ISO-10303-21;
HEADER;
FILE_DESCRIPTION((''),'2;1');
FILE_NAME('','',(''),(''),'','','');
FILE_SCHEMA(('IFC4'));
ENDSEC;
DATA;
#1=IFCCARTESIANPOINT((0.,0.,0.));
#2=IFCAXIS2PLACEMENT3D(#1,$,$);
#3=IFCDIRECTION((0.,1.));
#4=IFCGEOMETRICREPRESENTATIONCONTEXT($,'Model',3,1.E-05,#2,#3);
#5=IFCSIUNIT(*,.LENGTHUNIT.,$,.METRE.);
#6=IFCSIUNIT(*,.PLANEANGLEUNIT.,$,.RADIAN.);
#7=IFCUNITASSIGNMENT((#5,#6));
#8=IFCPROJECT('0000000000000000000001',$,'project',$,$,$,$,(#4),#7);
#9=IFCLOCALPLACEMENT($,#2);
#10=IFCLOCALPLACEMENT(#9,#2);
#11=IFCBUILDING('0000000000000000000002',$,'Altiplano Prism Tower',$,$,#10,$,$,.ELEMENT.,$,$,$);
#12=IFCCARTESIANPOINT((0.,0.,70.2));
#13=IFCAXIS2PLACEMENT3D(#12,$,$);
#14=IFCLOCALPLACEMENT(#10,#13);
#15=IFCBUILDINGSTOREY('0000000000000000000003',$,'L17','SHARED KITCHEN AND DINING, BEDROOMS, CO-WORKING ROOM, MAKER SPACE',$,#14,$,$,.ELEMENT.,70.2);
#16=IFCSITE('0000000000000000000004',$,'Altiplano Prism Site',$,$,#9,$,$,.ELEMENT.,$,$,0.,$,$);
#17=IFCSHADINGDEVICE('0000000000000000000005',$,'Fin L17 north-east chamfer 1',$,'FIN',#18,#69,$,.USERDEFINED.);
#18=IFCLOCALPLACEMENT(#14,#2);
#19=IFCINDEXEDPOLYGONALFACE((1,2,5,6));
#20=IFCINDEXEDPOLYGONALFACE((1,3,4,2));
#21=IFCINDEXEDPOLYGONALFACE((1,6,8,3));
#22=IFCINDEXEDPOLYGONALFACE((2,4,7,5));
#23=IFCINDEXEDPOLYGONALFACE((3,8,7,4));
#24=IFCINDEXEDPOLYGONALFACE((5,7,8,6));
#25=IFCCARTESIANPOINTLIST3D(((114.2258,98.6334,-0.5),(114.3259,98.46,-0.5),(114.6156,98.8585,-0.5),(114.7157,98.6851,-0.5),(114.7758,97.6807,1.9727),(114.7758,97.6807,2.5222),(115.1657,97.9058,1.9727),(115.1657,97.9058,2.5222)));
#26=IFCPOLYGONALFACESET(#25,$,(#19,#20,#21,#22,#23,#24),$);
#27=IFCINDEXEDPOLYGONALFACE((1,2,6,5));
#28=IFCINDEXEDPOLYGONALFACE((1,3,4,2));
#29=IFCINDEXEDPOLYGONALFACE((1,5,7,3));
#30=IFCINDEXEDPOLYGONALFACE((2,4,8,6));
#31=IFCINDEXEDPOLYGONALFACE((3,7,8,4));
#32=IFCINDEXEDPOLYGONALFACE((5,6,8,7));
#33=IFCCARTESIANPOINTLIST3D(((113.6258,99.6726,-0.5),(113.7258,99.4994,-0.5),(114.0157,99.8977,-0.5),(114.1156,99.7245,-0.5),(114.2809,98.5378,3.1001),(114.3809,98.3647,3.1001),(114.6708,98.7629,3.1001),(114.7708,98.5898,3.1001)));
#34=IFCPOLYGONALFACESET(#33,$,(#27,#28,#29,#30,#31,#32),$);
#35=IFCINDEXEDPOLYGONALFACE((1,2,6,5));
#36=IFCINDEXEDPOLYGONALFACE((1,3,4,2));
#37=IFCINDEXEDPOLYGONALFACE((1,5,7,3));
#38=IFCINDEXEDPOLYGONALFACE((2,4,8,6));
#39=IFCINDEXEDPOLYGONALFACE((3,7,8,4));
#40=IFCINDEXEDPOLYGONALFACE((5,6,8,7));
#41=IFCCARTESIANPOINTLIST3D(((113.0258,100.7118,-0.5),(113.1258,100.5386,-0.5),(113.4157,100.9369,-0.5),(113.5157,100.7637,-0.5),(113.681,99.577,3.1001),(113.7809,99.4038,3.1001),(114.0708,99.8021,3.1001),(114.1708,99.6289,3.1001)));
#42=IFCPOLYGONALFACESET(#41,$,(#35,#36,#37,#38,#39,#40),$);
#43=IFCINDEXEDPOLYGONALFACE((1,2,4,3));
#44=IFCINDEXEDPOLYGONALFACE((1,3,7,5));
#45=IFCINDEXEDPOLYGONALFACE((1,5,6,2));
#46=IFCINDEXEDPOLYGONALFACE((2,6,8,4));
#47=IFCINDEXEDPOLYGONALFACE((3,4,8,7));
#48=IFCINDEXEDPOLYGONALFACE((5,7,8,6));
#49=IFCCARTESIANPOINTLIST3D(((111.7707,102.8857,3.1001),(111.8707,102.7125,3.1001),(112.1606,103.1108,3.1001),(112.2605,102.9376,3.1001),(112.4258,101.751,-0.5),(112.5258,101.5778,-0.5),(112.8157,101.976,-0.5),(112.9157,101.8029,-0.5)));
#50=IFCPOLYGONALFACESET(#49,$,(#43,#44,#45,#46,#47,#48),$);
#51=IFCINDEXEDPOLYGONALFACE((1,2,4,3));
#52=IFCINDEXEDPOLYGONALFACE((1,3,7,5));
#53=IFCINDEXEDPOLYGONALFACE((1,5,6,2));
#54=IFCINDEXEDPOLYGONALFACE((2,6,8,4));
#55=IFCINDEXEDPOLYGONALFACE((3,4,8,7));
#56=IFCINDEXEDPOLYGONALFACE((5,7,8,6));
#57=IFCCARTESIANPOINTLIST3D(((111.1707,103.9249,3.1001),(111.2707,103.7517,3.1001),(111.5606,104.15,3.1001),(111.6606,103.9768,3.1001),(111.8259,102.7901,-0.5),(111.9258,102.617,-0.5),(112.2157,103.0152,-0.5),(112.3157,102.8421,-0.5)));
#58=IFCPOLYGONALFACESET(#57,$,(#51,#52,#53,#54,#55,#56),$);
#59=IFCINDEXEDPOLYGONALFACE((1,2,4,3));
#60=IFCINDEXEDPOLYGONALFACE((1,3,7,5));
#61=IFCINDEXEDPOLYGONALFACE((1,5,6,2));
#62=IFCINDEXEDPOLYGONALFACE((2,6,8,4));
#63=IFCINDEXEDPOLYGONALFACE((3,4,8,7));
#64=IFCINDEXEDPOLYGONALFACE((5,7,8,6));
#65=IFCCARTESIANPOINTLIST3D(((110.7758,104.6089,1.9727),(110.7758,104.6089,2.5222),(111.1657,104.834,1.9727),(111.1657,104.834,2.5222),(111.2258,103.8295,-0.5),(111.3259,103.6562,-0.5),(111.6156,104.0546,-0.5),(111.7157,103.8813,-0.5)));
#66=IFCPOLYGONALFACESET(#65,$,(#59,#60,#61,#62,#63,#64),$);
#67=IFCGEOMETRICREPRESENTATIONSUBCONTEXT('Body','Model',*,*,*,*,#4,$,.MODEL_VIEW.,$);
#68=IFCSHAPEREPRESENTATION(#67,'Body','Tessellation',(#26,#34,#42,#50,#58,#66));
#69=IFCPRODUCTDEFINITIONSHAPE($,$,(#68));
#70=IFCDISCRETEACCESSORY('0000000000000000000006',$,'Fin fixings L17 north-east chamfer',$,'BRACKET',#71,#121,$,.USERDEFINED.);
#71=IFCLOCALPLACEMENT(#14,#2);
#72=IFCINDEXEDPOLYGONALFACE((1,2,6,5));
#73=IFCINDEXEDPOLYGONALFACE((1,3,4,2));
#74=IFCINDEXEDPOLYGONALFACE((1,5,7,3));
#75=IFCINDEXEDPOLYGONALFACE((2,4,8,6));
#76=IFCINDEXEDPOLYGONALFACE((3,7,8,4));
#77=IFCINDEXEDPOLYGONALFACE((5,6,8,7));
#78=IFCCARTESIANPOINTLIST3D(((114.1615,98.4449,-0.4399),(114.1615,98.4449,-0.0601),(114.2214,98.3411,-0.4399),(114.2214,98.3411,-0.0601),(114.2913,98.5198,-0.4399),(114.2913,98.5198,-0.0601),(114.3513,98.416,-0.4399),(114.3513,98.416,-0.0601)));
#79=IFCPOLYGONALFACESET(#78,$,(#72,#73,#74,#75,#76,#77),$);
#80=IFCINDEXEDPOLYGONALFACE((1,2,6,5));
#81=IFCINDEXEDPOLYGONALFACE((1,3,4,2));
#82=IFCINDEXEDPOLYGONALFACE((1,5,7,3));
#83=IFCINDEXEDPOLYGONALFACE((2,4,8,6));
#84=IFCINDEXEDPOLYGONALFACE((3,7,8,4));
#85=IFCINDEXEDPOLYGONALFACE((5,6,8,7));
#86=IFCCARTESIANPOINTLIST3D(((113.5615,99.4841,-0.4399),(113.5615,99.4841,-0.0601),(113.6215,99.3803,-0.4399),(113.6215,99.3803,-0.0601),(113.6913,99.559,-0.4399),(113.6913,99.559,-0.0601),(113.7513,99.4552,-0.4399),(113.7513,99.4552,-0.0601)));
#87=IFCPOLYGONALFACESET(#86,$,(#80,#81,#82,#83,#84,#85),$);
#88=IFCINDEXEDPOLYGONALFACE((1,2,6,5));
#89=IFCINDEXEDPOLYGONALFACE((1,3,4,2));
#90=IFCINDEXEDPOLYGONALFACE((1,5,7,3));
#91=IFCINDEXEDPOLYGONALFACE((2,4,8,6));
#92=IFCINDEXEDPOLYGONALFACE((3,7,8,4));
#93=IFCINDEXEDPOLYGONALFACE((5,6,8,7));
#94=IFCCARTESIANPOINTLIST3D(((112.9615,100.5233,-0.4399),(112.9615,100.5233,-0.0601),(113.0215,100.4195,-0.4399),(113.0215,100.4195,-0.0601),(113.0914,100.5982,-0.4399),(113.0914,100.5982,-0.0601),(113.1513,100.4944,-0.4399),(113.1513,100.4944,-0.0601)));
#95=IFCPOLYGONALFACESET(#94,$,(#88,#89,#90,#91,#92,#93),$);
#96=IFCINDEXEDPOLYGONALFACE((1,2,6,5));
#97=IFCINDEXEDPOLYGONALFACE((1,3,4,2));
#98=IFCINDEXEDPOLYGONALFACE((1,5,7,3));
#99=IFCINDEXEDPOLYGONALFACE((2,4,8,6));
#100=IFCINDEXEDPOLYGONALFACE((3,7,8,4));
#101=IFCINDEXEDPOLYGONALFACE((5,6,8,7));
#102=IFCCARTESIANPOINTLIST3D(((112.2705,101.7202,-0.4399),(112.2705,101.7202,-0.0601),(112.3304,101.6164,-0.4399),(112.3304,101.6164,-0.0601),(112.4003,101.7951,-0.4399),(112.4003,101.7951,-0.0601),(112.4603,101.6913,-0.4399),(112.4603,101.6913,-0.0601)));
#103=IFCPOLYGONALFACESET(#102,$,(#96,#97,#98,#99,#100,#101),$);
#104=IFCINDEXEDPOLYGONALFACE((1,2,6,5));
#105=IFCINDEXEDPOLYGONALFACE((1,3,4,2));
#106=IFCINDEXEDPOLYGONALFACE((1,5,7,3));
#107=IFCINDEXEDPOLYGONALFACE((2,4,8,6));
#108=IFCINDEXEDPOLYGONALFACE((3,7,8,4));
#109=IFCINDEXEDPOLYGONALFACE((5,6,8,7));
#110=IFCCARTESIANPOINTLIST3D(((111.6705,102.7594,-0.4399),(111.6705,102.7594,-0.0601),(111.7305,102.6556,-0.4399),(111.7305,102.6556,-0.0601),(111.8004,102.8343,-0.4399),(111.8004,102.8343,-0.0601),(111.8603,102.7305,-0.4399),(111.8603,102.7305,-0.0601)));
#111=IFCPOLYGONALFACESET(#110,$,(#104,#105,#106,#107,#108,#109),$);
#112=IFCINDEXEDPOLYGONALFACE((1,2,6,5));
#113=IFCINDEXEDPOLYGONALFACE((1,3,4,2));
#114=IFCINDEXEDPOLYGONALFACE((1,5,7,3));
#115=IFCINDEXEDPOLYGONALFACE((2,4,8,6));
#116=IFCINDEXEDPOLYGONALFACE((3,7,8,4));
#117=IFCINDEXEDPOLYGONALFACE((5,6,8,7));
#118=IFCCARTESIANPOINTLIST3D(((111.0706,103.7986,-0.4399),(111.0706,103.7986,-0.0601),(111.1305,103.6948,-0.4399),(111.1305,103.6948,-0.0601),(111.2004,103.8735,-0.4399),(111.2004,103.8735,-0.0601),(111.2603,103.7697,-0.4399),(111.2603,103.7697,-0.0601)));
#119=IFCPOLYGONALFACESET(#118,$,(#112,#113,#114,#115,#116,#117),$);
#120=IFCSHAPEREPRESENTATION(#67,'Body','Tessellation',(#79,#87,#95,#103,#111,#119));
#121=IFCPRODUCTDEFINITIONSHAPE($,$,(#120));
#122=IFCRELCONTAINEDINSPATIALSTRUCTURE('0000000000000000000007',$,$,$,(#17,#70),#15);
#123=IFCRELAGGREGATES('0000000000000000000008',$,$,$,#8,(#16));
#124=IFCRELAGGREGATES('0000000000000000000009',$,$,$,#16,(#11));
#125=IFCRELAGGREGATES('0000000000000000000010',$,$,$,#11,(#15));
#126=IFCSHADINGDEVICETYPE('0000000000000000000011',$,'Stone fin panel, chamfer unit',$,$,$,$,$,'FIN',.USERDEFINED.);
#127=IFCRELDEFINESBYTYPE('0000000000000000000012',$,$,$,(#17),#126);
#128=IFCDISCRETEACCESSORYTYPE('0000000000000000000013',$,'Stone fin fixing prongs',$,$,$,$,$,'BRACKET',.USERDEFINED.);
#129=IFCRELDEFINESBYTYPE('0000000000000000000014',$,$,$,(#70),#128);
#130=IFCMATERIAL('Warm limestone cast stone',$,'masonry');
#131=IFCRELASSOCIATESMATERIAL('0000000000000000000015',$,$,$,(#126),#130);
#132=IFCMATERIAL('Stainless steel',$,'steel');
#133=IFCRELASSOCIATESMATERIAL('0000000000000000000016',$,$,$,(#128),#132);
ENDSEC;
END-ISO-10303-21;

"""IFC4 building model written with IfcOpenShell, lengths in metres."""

from ifc_helpers import new_model, si_unit, direction, frame, origin, place, context, subcontext, project, spatial, polyline, outline, extrude, source, transform, mapped, material, type_object, element, save


model = new_model("IFC4")

# Units and contexts
model_context = context("Model", 3, precision=1e-05, world=origin(), true_north=direction((0.0, 1.0)))
body_context = subcontext(model_context, "Body", "Model", "MODEL_VIEW")
ifc_project = project(units=[si_unit("LENGTHUNIT", "METRE"), si_unit("PLANEANGLEUNIT", "RADIAN")], contexts=[model_context])

# Site, building, storey
site_placement = place(None, origin())
site = spatial("IfcSite", under=ifc_project, at=site_placement, Name="Altiplano Prism Site", CompositionType="ELEMENT", RefElevation=0.0)
building_placement = place(site_placement, origin())
building = spatial("IfcBuilding", under=site, at=building_placement, Name="Altiplano Prism Tower", CompositionType="ELEMENT")
storey_placement = place(building_placement, frame((0.0, 0.0, 70.2)))
storey = spatial("IfcBuildingStorey", under=building, at=storey_placement, Name="L17", Description="SHARED KITCHEN AND DINING, BEDROOMS, CO-WORKING ROOM, MAKER SPACE", CompositionType="ELEMENT", Elevation=70.2)

# Shading device
ifc_material_1 = material(Name="Warm limestone cast stone", Category="masonry")
shading_device_type_1 = type_object("IfcShadingDeviceType", Name="Stone fin panel, chamfer unit", ElementType="FIN", PredefinedType="USERDEFINED", material=ifc_material_1)
shared_shape_1 = source(origin(), body_context, "Body", "SweptSolid", [
    extrude(outline(polyline([(-4.0, 3.0222), (-4.0, 2.4727), (-3.1001, 0.0), (-2.8999, 0.0), (-4.0, 3.0222)])), frame((0.0, -0.1499, 0.0), z_axis=(0.0, -1.0, 0.0), x_axis=(1.0, 0.0, 0.0)), (0.0, 0.0, 1.0), 0.4502),
    extrude(outline(polyline([(-3.2102, 3.6001), (-1.8999, 0.0), (-1.7, 0.0), (-3.0103, 3.6001), (-3.2102, 3.6001)])), frame((0.0, -0.1499, 0.0), z_axis=(0.0, -1.0, 0.0), x_axis=(1.0, 0.0, 0.0)), (0.0, 0.0, 1.0), 0.4502),
    extrude(outline(polyline([(-2.0103, 3.6001), (-0.7, 0.0), (-0.5, 0.0), (-1.8103, 3.6001), (-2.0103, 3.6001)])), frame((0.0, -0.1499, 0.0), z_axis=(0.0, -1.0, 0.0), x_axis=(1.0, 0.0, 0.0)), (0.0, 0.0, 1.0), 0.4502),
    extrude(outline(polyline([(1.8103, 3.6001), (0.5, 0.0), (0.7, 0.0), (2.0103, 3.6001), (1.8103, 3.6001)])), frame((0.0, -0.1499, 0.0), z_axis=(0.0, -1.0, 0.0), x_axis=(1.0, 0.0, 0.0)), (0.0, 0.0, 1.0), 0.4502),
    extrude(outline(polyline([(3.0103, 3.6001), (1.7, 0.0), (1.8999, 0.0), (3.2102, 3.6001), (3.0103, 3.6001)])), frame((0.0, -0.1499, 0.0), z_axis=(0.0, -1.0, 0.0), x_axis=(1.0, 0.0, 0.0)), (0.0, 0.0, 1.0), 0.4502),
    extrude(outline(polyline([(4.0, 2.4727), (4.0, 3.0222), (2.8999, 0.0), (3.1001, 0.0), (4.0, 2.4727)])), frame((0.0, -0.1499, 0.0), z_axis=(0.0, -1.0, 0.0), x_axis=(1.0, 0.0, 0.0)), (0.0, 0.0, 1.0), 0.4502),
])
shading_device_1_placement = place(storey_placement, origin())
element("IfcShadingDevice", 1, at=shading_device_1_placement, inside=storey, type_object=shading_device_type_1, Name="Fin L17 north-east chamfer 1", ObjectType="FIN", PredefinedType="USERDEFINED", context=body_context, shape_type="MappedRepresentation", body=[
    mapped(shared_shape_1, transform((112.646, 101.0698, -0.5), x_axis=(-0.5, 0.866025, 0.0), y_axis=(-0.866025, -0.5, 0.0), z_axis=(0.0, 0.0, 1.0))),
])

# Discrete accessory
ifc_material_2 = material(Name="Stainless steel", Category="steel")
discrete_accessory_type = type_object("IfcDiscreteAccessoryType", Name="Stone fin fixing prongs", ElementType="BRACKET", PredefinedType="USERDEFINED", material=ifc_material_2)
shared_shape_2 = source(origin(), body_context, "Body", "SweptSolid", [
    extrude(outline(polyline([(-3.1509, 0.0601), (-3.031, 0.0601), (-3.031, 0.4399), (-3.1509, 0.4399), (-3.1509, 0.0601)])), frame((0.0, 0.0, 0.0), z_axis=(0.0, -1.0, 0.0), x_axis=(1.0, 0.0, 0.0)), (0.0, 0.0, 1.0), 0.1499),
    extrude(outline(polyline([(-1.9509, 0.0601), (-1.8311, 0.0601), (-1.8311, 0.4399), (-1.9509, 0.4399), (-1.9509, 0.0601)])), frame((0.0, 0.0, 0.0), z_axis=(0.0, -1.0, 0.0), x_axis=(1.0, 0.0, 0.0)), (0.0, 0.0, 1.0), 0.1499),
    extrude(outline(polyline([(-0.751, 0.0601), (-0.6311, 0.0601), (-0.6311, 0.4399), (-0.751, 0.4399), (-0.751, 0.0601)])), frame((0.0, 0.0, 0.0), z_axis=(0.0, -1.0, 0.0), x_axis=(1.0, 0.0, 0.0)), (0.0, 0.0, 1.0), 0.1499),
    extrude(outline(polyline([(0.6311, 0.0601), (0.751, 0.0601), (0.751, 0.4399), (0.6311, 0.4399), (0.6311, 0.0601)])), frame((0.0, 0.0, 0.0), z_axis=(0.0, -1.0, 0.0), x_axis=(1.0, 0.0, 0.0)), (0.0, 0.0, 1.0), 0.1499),
    extrude(outline(polyline([(1.8311, 0.0601), (1.9509, 0.0601), (1.9509, 0.4399), (1.8311, 0.4399), (1.8311, 0.0601)])), frame((0.0, 0.0, 0.0), z_axis=(0.0, -1.0, 0.0), x_axis=(1.0, 0.0, 0.0)), (0.0, 0.0, 1.0), 0.1499),
    extrude(outline(polyline([(3.031, 0.0601), (3.1509, 0.0601), (3.1509, 0.4399), (3.031, 0.4399), (3.031, 0.0601)])), frame((0.0, 0.0, 0.0), z_axis=(0.0, -1.0, 0.0), x_axis=(1.0, 0.0, 0.0)), (0.0, 0.0, 1.0), 0.1499),
])
discrete_accessory_1_placement = place(storey_placement, origin())
element("IfcDiscreteAccessory", 2, at=discrete_accessory_1_placement, inside=storey, type_object=discrete_accessory_type, Name="Fin fixings L17 north-east chamfer", ObjectType="BRACKET", PredefinedType="USERDEFINED", context=body_context, shape_type="MappedRepresentation", body=[
    mapped(shared_shape_2, transform((112.646, 101.0698, -0.5), x_axis=(-0.5, 0.866025, 0.0), y_axis=(-0.866025, -0.5, 0.0), z_axis=(0.0, 0.0, 1.0))),
])

save(model, "model.ifc")
